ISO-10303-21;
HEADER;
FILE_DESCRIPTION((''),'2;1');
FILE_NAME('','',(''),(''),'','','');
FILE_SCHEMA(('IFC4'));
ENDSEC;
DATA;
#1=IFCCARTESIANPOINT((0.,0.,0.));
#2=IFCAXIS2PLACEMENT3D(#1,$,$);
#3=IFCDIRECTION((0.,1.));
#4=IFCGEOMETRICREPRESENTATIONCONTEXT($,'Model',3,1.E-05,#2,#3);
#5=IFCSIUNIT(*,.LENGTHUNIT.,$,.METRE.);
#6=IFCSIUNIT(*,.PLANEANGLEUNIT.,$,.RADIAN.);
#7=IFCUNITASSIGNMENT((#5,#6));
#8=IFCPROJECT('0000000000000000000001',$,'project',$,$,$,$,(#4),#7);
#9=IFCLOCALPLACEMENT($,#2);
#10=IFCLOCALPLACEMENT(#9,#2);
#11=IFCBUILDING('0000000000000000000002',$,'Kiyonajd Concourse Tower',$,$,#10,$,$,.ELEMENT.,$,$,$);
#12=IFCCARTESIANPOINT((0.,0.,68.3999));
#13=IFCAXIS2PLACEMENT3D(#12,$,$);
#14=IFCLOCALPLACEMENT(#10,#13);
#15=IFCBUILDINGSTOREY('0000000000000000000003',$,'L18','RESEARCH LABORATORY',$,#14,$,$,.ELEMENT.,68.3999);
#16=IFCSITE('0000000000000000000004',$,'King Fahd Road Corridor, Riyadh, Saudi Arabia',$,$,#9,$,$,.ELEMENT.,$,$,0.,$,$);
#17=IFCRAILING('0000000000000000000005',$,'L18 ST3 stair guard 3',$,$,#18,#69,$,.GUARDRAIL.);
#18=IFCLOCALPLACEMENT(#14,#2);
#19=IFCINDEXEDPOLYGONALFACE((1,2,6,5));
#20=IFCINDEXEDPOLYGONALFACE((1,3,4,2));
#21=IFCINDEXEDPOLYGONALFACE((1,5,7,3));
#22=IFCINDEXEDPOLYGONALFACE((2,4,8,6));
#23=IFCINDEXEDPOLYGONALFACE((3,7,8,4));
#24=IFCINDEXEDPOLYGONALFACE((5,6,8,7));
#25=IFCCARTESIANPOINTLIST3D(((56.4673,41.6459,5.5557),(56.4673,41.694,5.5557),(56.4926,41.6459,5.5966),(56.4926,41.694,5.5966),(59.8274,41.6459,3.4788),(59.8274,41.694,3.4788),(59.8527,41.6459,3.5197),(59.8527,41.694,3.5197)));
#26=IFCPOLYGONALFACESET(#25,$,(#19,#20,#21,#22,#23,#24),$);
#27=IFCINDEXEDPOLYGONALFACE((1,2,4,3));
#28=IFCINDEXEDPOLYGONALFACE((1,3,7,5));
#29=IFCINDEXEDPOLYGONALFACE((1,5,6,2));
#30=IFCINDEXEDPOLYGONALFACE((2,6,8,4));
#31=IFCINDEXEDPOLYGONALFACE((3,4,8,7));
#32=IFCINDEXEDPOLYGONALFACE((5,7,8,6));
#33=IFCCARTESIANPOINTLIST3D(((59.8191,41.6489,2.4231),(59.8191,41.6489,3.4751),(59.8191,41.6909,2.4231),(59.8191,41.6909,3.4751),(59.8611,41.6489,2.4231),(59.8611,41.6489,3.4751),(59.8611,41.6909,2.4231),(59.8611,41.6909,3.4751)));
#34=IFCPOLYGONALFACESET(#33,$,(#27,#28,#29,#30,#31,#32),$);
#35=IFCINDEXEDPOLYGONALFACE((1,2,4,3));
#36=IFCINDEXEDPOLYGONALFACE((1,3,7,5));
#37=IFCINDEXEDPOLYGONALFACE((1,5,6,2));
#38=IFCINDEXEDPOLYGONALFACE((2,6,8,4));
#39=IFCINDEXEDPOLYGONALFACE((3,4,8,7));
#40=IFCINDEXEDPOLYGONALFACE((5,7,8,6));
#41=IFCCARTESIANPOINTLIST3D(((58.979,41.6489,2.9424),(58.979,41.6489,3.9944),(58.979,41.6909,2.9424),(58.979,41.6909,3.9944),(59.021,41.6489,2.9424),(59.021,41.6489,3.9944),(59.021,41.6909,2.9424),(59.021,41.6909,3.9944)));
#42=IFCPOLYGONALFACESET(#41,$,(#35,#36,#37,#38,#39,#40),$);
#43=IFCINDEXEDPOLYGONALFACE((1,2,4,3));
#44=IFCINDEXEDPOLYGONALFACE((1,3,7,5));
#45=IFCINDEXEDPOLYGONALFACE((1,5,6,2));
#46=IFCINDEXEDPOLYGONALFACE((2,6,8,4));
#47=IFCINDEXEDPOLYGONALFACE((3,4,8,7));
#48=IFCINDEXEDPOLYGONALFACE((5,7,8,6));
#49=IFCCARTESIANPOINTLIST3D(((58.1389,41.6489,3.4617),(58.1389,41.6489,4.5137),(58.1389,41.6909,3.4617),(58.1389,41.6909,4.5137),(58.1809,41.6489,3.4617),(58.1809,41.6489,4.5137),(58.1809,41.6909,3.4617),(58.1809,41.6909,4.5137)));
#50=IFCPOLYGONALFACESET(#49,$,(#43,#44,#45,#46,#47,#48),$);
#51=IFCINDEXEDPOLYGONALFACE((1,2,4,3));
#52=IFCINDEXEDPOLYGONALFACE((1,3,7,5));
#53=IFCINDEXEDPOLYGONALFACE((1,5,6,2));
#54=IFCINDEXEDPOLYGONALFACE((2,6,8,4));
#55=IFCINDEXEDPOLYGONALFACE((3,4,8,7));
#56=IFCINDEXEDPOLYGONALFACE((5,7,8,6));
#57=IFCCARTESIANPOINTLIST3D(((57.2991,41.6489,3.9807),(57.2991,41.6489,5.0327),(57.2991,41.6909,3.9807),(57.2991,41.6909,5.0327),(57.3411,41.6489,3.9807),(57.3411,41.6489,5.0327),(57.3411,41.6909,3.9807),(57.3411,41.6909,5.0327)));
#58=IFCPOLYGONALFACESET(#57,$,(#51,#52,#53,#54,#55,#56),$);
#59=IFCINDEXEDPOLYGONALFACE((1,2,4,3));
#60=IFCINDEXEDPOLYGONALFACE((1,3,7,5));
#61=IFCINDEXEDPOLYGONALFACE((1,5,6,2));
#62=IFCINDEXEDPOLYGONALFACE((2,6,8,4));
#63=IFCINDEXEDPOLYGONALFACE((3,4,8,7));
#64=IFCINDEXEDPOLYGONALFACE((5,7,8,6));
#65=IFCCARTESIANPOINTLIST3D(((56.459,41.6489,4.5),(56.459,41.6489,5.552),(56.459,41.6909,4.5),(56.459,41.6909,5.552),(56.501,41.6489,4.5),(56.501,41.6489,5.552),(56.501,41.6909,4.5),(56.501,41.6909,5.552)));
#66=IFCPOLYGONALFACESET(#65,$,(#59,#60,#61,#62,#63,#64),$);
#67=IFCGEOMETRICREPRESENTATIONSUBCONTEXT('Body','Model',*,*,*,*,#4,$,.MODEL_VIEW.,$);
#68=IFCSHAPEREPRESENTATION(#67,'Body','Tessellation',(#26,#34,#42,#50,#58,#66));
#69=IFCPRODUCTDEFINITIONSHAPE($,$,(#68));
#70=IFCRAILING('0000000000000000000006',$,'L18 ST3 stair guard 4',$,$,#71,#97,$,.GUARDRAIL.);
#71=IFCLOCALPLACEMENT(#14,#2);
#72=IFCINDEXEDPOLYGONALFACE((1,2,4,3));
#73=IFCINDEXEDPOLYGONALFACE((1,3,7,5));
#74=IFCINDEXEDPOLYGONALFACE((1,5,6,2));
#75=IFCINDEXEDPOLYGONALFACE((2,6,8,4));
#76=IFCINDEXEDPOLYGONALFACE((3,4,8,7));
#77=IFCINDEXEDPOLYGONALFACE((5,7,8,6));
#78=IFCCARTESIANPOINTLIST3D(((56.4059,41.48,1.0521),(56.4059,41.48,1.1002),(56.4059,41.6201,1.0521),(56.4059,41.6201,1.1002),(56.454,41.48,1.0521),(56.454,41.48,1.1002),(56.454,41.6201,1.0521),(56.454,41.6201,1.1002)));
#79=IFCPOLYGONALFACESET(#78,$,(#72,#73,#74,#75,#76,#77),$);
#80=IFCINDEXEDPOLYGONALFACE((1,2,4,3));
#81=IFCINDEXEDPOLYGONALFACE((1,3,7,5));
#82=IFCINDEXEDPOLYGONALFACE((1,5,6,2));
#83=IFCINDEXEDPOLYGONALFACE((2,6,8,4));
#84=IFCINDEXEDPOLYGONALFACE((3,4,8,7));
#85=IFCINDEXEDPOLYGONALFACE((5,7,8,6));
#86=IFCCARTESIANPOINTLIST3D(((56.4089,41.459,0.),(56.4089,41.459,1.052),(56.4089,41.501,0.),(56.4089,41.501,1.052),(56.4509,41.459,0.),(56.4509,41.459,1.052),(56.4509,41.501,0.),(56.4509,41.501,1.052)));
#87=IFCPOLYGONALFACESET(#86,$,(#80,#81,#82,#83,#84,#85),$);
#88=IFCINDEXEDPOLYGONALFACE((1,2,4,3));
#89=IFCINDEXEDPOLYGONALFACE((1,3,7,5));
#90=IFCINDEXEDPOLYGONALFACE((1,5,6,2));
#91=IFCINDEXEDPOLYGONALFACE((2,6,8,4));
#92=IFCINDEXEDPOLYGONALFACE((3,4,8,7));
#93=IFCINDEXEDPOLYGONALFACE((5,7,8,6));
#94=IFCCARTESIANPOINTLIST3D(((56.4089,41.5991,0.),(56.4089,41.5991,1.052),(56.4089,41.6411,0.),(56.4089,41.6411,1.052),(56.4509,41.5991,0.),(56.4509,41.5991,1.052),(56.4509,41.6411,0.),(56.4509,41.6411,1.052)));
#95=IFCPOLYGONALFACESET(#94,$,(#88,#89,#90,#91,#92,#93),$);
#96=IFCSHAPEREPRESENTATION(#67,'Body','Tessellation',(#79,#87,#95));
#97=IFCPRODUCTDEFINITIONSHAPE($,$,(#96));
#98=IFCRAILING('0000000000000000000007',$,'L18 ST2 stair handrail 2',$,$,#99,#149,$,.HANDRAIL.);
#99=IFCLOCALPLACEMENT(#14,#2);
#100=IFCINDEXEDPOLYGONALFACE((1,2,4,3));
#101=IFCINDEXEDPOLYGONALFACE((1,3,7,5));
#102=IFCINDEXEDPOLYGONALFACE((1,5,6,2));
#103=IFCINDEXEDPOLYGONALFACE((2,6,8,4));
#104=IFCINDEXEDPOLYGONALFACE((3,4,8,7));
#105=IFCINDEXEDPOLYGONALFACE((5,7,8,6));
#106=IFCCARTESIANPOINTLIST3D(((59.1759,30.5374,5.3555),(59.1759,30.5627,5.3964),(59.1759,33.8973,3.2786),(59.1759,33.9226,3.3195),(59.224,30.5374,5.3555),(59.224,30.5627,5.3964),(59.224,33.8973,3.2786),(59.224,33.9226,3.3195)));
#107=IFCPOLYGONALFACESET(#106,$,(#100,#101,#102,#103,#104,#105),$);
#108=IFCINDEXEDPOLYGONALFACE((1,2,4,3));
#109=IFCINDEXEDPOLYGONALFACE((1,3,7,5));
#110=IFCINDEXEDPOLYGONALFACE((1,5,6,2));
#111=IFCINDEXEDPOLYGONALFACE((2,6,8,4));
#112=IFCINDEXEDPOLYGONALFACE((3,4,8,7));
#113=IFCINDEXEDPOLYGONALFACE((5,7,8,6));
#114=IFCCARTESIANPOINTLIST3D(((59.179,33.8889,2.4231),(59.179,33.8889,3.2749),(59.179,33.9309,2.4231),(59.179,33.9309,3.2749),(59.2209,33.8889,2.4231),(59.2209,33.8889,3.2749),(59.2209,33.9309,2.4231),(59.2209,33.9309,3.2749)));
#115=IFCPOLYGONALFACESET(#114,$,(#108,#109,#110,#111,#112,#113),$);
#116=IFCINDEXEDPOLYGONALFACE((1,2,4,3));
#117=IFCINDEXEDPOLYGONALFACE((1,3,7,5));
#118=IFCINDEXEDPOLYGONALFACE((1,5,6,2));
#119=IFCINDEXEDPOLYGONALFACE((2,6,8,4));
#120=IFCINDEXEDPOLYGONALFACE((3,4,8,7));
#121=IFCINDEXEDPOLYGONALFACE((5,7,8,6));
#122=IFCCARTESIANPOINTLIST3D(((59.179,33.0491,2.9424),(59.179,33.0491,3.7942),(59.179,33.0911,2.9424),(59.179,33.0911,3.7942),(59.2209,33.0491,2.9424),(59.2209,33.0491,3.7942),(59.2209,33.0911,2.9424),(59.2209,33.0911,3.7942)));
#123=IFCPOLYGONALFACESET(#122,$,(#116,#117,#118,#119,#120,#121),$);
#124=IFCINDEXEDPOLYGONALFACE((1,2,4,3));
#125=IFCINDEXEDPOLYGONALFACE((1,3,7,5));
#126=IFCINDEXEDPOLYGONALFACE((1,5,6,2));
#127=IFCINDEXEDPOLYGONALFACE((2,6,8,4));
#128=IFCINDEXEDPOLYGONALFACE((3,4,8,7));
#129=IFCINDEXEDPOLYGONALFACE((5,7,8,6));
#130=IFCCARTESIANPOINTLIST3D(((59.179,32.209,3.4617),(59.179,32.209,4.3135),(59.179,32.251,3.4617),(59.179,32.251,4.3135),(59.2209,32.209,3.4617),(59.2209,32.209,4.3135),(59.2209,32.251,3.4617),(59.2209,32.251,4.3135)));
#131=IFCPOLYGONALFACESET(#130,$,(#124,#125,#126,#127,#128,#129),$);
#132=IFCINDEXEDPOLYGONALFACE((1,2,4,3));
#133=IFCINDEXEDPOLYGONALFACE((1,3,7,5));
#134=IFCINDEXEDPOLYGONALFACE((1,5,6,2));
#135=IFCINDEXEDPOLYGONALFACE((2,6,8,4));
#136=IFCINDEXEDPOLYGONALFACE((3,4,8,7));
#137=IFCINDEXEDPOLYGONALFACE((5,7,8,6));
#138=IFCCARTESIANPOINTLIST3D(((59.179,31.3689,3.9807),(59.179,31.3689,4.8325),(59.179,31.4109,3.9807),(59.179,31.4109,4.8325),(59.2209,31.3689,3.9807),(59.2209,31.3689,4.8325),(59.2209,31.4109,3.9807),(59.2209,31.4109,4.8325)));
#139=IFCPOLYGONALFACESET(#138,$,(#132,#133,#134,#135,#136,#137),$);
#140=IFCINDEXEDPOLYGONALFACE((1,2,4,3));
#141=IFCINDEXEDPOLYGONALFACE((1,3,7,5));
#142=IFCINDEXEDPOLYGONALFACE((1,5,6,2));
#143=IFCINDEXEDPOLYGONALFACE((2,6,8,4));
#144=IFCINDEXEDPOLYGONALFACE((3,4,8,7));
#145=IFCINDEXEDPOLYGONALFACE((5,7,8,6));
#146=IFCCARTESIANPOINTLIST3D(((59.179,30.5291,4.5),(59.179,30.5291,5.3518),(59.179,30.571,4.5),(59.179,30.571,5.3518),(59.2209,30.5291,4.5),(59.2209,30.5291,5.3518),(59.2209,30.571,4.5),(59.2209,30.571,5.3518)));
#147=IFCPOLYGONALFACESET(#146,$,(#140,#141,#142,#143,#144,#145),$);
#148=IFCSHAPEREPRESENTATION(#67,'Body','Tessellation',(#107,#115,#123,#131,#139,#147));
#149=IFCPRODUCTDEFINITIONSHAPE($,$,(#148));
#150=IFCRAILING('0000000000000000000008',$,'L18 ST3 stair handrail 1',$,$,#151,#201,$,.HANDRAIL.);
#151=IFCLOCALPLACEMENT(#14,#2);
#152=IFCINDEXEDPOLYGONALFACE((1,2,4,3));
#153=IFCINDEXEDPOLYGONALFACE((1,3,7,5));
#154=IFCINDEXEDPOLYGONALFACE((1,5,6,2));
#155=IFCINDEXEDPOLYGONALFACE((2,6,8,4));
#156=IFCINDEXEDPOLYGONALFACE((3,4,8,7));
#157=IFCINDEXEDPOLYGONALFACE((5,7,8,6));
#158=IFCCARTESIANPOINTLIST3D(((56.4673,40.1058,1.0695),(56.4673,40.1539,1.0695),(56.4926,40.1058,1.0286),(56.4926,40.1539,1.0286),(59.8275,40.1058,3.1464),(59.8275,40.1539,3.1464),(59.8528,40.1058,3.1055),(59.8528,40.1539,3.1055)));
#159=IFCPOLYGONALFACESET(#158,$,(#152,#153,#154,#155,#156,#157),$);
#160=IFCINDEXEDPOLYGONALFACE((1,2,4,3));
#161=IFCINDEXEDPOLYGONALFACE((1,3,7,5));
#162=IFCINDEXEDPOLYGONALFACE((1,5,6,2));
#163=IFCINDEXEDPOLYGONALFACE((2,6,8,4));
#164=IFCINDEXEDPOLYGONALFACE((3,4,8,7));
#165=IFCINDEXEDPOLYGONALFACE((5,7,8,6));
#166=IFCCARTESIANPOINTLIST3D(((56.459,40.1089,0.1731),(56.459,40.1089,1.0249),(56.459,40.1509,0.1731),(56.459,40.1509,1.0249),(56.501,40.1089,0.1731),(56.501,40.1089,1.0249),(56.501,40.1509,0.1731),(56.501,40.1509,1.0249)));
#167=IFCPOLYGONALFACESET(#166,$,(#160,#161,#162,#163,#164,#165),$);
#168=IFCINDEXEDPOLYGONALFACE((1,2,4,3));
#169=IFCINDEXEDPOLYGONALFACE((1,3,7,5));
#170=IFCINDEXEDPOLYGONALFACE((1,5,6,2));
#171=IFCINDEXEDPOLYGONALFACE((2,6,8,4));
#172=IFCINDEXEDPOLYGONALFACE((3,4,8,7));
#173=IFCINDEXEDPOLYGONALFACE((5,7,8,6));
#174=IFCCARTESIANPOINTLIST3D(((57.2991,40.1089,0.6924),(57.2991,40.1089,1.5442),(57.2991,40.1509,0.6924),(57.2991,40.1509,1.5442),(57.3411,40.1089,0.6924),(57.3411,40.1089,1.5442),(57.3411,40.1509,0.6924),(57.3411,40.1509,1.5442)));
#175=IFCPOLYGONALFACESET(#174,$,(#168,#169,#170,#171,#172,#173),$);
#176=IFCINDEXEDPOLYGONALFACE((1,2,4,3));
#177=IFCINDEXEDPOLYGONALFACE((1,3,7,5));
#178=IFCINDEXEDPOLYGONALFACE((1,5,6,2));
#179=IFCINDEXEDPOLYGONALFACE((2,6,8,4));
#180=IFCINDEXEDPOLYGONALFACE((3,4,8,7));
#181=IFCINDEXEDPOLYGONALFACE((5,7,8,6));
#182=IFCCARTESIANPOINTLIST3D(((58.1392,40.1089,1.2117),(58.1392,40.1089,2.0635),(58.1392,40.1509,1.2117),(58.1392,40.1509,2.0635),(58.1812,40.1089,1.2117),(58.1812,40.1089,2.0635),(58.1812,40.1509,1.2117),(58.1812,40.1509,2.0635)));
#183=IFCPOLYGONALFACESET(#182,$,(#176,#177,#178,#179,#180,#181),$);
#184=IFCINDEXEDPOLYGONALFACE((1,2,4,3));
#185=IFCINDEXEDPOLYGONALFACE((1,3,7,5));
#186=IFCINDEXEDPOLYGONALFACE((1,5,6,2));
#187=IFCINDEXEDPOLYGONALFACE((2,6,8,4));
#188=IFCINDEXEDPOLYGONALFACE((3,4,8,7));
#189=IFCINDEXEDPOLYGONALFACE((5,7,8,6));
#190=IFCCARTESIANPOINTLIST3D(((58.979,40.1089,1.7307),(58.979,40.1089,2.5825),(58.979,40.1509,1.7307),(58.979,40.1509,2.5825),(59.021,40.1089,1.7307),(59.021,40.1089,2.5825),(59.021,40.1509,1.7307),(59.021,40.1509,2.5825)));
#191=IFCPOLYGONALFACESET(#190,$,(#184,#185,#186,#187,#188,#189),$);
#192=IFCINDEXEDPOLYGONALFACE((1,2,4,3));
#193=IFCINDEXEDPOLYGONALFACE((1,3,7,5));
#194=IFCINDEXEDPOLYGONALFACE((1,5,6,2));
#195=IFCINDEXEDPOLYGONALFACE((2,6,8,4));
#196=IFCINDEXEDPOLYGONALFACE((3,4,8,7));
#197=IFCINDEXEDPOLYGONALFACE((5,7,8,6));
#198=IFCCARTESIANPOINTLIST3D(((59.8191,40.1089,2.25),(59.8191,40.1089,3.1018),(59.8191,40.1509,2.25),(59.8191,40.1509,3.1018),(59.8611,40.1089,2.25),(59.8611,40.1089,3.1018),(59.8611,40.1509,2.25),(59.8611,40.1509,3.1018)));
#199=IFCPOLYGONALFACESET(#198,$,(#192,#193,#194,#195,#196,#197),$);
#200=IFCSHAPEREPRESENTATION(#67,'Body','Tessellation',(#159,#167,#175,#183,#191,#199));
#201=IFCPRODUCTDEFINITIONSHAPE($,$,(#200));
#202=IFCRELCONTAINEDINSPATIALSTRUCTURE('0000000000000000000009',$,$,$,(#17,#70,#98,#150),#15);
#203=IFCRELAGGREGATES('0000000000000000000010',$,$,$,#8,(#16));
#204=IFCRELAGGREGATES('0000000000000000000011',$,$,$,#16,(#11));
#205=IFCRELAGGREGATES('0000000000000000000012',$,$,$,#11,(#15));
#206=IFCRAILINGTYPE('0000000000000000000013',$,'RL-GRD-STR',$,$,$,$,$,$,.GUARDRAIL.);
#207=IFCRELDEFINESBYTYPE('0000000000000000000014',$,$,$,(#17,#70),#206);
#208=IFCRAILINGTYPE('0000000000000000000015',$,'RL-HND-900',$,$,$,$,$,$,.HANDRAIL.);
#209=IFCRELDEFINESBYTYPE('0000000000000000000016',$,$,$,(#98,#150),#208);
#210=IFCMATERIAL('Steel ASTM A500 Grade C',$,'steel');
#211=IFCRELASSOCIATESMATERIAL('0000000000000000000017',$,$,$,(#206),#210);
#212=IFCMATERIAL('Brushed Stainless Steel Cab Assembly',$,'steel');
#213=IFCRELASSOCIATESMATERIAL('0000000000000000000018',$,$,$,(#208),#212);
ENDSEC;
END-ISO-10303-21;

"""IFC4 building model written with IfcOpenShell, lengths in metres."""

from ifc_helpers import new_model, si_unit, direction, frame, origin, origin_2d, place, context, subcontext, project, spatial, rectangle, extrude, material, type_object, element, save


model = new_model("IFC4")

# Units and contexts
model_context = context("Model", 3, precision=1e-05, world=origin(), true_north=direction((0.0, 1.0)))
body_context = subcontext(model_context, "Body", "Model", "MODEL_VIEW")
ifc_project = project(units=[si_unit("LENGTHUNIT", "METRE"), si_unit("PLANEANGLEUNIT", "RADIAN")], contexts=[model_context])

# Site, building, storey
site_placement = place(None, origin())
site = spatial("IfcSite", under=ifc_project, at=site_placement, Name="King Fahd Road Corridor, Riyadh, Saudi Arabia", CompositionType="ELEMENT", RefElevation=0.0)
building_placement = place(site_placement, origin())
building = spatial("IfcBuilding", under=site, at=building_placement, Name="Kiyonajd Concourse Tower", CompositionType="ELEMENT")
storey_placement = place(building_placement, frame((0.0, 0.0, 68.3999)))
storey = spatial("IfcBuildingStorey", under=building, at=storey_placement, Name="L18", Description="RESEARCH LABORATORY", CompositionType="ELEMENT", Elevation=68.3999)

# Shared definitions
ifc_material_1 = material(Name="Brushed Stainless Steel Cab Assembly", Category="steel")

# Railings
ifc_material_2 = material(Name="Steel ASTM A500 Grade C", Category="steel")
railing_type_1 = type_object("IfcRailingType", Name="RL-GRD-STR", PredefinedType="GUARDRAIL", material=ifc_material_2)
railing_1_placement = place(storey_placement, frame((59.8401, 41.6699, 2.4231)))
element("IfcRailing", 1, at=railing_1_placement, inside=storey, type_object=railing_type_1, Name="L18 ST3 stair guard 3", PredefinedType="GUARDRAIL", context=body_context, shape_type="SweptSolid", body=[
    extrude(rectangle(XDim=0.0481, YDim=0.0481, at=origin_2d()), frame((0.0, 0.0, 1.0762), z_axis=(-0.850623, 0.0, 0.525776), x_axis=(0.0, -1.0, 0.0)), (0.0, 0.0, 1.0), 3.9502),
    extrude(rectangle(XDim=0.042, YDim=0.042, at=origin_2d()), origin(), (0.0, 0.0, 1.0), 1.052),
    extrude(rectangle(XDim=0.042, YDim=0.042, at=origin_2d()), frame((-0.8401, 0.0, 0.5193)), (0.0, 0.0, 1.0), 1.052),
    extrude(rectangle(XDim=0.042, YDim=0.042, at=origin_2d()), frame((-1.6802, 0.0, 1.0386)), (0.0, 0.0, 1.0), 1.052),
    extrude(rectangle(XDim=0.042, YDim=0.042, at=origin_2d()), frame((-2.52, 0.0, 1.5576)), (0.0, 0.0, 1.0), 1.052),
    extrude(rectangle(XDim=0.042, YDim=0.042, at=origin_2d()), frame((-3.3601, 0.0, 2.0769)), (0.0, 0.0, 1.0), 1.052),
])
railing_2_placement = place(storey_placement, frame((56.4299, 41.48, 0.0)))
element("IfcRailing", 2, at=railing_2_placement, inside=storey, type_object=railing_type_1, Name="L18 ST3 stair guard 4", PredefinedType="GUARDRAIL", context=body_context, shape_type="SweptSolid", body=[
    extrude(rectangle(XDim=0.0481, YDim=0.0481, at=origin_2d()), frame((0.0, 0.0, 1.0762), z_axis=(0.0, 1.0, 0.0), x_axis=(-1.0, 0.0, 0.0)), (0.0, 0.0, 1.0), 0.1401),
    extrude(rectangle(XDim=0.042, YDim=0.042, at=origin_2d()), origin(), (0.0, 0.0, 1.0), 1.052),
    extrude(rectangle(XDim=0.042, YDim=0.042, at=origin_2d()), frame((0.0, 0.1401, 0.0)), (0.0, 0.0, 1.0), 1.052),
])
railing_type_2 = type_object("IfcRailingType", Name="RL-HND-900", PredefinedType="HANDRAIL", material=ifc_material_1)
railing_3_placement = place(storey_placement, frame((59.2, 33.9099, 2.4231)))
element("IfcRailing", 3, at=railing_3_placement, inside=storey, type_object=railing_type_2, Name="L18 ST2 stair handrail 2", PredefinedType="HANDRAIL", context=body_context, shape_type="SweptSolid", body=[
    extrude(rectangle(XDim=0.0481, YDim=0.0481, at=origin_2d()), frame((0.0, 0.0, 0.876), z_axis=(0.0, -0.850606, 0.525803), x_axis=(1.0, 0.0, 0.0)), (0.0, 0.0, 1.0), 3.95),
    extrude(rectangle(XDim=0.042, YDim=0.042, at=origin_2d()), origin(), (0.0, 0.0, 1.0), 0.8518),
    extrude(rectangle(XDim=0.042, YDim=0.042, at=origin_2d()), frame((0.0, -0.8398, 0.5193)), (0.0, 0.0, 1.0), 0.8518),
    extrude(rectangle(XDim=0.042, YDim=0.042, at=origin_2d()), frame((0.0, -1.6799, 1.0386)), (0.0, 0.0, 1.0), 0.8518),
    extrude(rectangle(XDim=0.042, YDim=0.042, at=origin_2d()), frame((0.0, -2.52, 1.5576)), (0.0, 0.0, 1.0), 0.8518),
    extrude(rectangle(XDim=0.042, YDim=0.042, at=origin_2d()), frame((0.0, -3.3599, 2.0769)), (0.0, 0.0, 1.0), 0.8518),
])
railing_4_placement = place(storey_placement, frame((56.48, 40.1299, 0.1731)))
element("IfcRailing", 4, at=railing_4_placement, inside=storey, type_object=railing_type_2, Name="L18 ST3 stair handrail 1", PredefinedType="HANDRAIL", context=body_context, shape_type="SweptSolid", body=[
    extrude(rectangle(XDim=0.0481, YDim=0.0481, at=origin_2d()), frame((0.0, 0.0, 0.876), z_axis=(0.850623, 0.0, 0.525776), x_axis=(0.0, 1.0, 0.0)), (0.0, 0.0, 1.0), 3.9502),
    extrude(rectangle(XDim=0.042, YDim=0.042, at=origin_2d()), origin(), (0.0, 0.0, 1.0), 0.8518),
    extrude(rectangle(XDim=0.042, YDim=0.042, at=origin_2d()), frame((0.8401, 0.0, 0.5193)), (0.0, 0.0, 1.0), 0.8518),
    extrude(rectangle(XDim=0.042, YDim=0.042, at=origin_2d()), frame((1.6802, 0.0, 1.0386)), (0.0, 0.0, 1.0), 0.8518),
    extrude(rectangle(XDim=0.042, YDim=0.042, at=origin_2d()), frame((2.52, 0.0, 1.5576)), (0.0, 0.0, 1.0), 0.8518),
    extrude(rectangle(XDim=0.042, YDim=0.042, at=origin_2d()), frame((3.3601, 0.0, 2.0769)), (0.0, 0.0, 1.0), 0.8518),
])

save(model, "model.ifc")
